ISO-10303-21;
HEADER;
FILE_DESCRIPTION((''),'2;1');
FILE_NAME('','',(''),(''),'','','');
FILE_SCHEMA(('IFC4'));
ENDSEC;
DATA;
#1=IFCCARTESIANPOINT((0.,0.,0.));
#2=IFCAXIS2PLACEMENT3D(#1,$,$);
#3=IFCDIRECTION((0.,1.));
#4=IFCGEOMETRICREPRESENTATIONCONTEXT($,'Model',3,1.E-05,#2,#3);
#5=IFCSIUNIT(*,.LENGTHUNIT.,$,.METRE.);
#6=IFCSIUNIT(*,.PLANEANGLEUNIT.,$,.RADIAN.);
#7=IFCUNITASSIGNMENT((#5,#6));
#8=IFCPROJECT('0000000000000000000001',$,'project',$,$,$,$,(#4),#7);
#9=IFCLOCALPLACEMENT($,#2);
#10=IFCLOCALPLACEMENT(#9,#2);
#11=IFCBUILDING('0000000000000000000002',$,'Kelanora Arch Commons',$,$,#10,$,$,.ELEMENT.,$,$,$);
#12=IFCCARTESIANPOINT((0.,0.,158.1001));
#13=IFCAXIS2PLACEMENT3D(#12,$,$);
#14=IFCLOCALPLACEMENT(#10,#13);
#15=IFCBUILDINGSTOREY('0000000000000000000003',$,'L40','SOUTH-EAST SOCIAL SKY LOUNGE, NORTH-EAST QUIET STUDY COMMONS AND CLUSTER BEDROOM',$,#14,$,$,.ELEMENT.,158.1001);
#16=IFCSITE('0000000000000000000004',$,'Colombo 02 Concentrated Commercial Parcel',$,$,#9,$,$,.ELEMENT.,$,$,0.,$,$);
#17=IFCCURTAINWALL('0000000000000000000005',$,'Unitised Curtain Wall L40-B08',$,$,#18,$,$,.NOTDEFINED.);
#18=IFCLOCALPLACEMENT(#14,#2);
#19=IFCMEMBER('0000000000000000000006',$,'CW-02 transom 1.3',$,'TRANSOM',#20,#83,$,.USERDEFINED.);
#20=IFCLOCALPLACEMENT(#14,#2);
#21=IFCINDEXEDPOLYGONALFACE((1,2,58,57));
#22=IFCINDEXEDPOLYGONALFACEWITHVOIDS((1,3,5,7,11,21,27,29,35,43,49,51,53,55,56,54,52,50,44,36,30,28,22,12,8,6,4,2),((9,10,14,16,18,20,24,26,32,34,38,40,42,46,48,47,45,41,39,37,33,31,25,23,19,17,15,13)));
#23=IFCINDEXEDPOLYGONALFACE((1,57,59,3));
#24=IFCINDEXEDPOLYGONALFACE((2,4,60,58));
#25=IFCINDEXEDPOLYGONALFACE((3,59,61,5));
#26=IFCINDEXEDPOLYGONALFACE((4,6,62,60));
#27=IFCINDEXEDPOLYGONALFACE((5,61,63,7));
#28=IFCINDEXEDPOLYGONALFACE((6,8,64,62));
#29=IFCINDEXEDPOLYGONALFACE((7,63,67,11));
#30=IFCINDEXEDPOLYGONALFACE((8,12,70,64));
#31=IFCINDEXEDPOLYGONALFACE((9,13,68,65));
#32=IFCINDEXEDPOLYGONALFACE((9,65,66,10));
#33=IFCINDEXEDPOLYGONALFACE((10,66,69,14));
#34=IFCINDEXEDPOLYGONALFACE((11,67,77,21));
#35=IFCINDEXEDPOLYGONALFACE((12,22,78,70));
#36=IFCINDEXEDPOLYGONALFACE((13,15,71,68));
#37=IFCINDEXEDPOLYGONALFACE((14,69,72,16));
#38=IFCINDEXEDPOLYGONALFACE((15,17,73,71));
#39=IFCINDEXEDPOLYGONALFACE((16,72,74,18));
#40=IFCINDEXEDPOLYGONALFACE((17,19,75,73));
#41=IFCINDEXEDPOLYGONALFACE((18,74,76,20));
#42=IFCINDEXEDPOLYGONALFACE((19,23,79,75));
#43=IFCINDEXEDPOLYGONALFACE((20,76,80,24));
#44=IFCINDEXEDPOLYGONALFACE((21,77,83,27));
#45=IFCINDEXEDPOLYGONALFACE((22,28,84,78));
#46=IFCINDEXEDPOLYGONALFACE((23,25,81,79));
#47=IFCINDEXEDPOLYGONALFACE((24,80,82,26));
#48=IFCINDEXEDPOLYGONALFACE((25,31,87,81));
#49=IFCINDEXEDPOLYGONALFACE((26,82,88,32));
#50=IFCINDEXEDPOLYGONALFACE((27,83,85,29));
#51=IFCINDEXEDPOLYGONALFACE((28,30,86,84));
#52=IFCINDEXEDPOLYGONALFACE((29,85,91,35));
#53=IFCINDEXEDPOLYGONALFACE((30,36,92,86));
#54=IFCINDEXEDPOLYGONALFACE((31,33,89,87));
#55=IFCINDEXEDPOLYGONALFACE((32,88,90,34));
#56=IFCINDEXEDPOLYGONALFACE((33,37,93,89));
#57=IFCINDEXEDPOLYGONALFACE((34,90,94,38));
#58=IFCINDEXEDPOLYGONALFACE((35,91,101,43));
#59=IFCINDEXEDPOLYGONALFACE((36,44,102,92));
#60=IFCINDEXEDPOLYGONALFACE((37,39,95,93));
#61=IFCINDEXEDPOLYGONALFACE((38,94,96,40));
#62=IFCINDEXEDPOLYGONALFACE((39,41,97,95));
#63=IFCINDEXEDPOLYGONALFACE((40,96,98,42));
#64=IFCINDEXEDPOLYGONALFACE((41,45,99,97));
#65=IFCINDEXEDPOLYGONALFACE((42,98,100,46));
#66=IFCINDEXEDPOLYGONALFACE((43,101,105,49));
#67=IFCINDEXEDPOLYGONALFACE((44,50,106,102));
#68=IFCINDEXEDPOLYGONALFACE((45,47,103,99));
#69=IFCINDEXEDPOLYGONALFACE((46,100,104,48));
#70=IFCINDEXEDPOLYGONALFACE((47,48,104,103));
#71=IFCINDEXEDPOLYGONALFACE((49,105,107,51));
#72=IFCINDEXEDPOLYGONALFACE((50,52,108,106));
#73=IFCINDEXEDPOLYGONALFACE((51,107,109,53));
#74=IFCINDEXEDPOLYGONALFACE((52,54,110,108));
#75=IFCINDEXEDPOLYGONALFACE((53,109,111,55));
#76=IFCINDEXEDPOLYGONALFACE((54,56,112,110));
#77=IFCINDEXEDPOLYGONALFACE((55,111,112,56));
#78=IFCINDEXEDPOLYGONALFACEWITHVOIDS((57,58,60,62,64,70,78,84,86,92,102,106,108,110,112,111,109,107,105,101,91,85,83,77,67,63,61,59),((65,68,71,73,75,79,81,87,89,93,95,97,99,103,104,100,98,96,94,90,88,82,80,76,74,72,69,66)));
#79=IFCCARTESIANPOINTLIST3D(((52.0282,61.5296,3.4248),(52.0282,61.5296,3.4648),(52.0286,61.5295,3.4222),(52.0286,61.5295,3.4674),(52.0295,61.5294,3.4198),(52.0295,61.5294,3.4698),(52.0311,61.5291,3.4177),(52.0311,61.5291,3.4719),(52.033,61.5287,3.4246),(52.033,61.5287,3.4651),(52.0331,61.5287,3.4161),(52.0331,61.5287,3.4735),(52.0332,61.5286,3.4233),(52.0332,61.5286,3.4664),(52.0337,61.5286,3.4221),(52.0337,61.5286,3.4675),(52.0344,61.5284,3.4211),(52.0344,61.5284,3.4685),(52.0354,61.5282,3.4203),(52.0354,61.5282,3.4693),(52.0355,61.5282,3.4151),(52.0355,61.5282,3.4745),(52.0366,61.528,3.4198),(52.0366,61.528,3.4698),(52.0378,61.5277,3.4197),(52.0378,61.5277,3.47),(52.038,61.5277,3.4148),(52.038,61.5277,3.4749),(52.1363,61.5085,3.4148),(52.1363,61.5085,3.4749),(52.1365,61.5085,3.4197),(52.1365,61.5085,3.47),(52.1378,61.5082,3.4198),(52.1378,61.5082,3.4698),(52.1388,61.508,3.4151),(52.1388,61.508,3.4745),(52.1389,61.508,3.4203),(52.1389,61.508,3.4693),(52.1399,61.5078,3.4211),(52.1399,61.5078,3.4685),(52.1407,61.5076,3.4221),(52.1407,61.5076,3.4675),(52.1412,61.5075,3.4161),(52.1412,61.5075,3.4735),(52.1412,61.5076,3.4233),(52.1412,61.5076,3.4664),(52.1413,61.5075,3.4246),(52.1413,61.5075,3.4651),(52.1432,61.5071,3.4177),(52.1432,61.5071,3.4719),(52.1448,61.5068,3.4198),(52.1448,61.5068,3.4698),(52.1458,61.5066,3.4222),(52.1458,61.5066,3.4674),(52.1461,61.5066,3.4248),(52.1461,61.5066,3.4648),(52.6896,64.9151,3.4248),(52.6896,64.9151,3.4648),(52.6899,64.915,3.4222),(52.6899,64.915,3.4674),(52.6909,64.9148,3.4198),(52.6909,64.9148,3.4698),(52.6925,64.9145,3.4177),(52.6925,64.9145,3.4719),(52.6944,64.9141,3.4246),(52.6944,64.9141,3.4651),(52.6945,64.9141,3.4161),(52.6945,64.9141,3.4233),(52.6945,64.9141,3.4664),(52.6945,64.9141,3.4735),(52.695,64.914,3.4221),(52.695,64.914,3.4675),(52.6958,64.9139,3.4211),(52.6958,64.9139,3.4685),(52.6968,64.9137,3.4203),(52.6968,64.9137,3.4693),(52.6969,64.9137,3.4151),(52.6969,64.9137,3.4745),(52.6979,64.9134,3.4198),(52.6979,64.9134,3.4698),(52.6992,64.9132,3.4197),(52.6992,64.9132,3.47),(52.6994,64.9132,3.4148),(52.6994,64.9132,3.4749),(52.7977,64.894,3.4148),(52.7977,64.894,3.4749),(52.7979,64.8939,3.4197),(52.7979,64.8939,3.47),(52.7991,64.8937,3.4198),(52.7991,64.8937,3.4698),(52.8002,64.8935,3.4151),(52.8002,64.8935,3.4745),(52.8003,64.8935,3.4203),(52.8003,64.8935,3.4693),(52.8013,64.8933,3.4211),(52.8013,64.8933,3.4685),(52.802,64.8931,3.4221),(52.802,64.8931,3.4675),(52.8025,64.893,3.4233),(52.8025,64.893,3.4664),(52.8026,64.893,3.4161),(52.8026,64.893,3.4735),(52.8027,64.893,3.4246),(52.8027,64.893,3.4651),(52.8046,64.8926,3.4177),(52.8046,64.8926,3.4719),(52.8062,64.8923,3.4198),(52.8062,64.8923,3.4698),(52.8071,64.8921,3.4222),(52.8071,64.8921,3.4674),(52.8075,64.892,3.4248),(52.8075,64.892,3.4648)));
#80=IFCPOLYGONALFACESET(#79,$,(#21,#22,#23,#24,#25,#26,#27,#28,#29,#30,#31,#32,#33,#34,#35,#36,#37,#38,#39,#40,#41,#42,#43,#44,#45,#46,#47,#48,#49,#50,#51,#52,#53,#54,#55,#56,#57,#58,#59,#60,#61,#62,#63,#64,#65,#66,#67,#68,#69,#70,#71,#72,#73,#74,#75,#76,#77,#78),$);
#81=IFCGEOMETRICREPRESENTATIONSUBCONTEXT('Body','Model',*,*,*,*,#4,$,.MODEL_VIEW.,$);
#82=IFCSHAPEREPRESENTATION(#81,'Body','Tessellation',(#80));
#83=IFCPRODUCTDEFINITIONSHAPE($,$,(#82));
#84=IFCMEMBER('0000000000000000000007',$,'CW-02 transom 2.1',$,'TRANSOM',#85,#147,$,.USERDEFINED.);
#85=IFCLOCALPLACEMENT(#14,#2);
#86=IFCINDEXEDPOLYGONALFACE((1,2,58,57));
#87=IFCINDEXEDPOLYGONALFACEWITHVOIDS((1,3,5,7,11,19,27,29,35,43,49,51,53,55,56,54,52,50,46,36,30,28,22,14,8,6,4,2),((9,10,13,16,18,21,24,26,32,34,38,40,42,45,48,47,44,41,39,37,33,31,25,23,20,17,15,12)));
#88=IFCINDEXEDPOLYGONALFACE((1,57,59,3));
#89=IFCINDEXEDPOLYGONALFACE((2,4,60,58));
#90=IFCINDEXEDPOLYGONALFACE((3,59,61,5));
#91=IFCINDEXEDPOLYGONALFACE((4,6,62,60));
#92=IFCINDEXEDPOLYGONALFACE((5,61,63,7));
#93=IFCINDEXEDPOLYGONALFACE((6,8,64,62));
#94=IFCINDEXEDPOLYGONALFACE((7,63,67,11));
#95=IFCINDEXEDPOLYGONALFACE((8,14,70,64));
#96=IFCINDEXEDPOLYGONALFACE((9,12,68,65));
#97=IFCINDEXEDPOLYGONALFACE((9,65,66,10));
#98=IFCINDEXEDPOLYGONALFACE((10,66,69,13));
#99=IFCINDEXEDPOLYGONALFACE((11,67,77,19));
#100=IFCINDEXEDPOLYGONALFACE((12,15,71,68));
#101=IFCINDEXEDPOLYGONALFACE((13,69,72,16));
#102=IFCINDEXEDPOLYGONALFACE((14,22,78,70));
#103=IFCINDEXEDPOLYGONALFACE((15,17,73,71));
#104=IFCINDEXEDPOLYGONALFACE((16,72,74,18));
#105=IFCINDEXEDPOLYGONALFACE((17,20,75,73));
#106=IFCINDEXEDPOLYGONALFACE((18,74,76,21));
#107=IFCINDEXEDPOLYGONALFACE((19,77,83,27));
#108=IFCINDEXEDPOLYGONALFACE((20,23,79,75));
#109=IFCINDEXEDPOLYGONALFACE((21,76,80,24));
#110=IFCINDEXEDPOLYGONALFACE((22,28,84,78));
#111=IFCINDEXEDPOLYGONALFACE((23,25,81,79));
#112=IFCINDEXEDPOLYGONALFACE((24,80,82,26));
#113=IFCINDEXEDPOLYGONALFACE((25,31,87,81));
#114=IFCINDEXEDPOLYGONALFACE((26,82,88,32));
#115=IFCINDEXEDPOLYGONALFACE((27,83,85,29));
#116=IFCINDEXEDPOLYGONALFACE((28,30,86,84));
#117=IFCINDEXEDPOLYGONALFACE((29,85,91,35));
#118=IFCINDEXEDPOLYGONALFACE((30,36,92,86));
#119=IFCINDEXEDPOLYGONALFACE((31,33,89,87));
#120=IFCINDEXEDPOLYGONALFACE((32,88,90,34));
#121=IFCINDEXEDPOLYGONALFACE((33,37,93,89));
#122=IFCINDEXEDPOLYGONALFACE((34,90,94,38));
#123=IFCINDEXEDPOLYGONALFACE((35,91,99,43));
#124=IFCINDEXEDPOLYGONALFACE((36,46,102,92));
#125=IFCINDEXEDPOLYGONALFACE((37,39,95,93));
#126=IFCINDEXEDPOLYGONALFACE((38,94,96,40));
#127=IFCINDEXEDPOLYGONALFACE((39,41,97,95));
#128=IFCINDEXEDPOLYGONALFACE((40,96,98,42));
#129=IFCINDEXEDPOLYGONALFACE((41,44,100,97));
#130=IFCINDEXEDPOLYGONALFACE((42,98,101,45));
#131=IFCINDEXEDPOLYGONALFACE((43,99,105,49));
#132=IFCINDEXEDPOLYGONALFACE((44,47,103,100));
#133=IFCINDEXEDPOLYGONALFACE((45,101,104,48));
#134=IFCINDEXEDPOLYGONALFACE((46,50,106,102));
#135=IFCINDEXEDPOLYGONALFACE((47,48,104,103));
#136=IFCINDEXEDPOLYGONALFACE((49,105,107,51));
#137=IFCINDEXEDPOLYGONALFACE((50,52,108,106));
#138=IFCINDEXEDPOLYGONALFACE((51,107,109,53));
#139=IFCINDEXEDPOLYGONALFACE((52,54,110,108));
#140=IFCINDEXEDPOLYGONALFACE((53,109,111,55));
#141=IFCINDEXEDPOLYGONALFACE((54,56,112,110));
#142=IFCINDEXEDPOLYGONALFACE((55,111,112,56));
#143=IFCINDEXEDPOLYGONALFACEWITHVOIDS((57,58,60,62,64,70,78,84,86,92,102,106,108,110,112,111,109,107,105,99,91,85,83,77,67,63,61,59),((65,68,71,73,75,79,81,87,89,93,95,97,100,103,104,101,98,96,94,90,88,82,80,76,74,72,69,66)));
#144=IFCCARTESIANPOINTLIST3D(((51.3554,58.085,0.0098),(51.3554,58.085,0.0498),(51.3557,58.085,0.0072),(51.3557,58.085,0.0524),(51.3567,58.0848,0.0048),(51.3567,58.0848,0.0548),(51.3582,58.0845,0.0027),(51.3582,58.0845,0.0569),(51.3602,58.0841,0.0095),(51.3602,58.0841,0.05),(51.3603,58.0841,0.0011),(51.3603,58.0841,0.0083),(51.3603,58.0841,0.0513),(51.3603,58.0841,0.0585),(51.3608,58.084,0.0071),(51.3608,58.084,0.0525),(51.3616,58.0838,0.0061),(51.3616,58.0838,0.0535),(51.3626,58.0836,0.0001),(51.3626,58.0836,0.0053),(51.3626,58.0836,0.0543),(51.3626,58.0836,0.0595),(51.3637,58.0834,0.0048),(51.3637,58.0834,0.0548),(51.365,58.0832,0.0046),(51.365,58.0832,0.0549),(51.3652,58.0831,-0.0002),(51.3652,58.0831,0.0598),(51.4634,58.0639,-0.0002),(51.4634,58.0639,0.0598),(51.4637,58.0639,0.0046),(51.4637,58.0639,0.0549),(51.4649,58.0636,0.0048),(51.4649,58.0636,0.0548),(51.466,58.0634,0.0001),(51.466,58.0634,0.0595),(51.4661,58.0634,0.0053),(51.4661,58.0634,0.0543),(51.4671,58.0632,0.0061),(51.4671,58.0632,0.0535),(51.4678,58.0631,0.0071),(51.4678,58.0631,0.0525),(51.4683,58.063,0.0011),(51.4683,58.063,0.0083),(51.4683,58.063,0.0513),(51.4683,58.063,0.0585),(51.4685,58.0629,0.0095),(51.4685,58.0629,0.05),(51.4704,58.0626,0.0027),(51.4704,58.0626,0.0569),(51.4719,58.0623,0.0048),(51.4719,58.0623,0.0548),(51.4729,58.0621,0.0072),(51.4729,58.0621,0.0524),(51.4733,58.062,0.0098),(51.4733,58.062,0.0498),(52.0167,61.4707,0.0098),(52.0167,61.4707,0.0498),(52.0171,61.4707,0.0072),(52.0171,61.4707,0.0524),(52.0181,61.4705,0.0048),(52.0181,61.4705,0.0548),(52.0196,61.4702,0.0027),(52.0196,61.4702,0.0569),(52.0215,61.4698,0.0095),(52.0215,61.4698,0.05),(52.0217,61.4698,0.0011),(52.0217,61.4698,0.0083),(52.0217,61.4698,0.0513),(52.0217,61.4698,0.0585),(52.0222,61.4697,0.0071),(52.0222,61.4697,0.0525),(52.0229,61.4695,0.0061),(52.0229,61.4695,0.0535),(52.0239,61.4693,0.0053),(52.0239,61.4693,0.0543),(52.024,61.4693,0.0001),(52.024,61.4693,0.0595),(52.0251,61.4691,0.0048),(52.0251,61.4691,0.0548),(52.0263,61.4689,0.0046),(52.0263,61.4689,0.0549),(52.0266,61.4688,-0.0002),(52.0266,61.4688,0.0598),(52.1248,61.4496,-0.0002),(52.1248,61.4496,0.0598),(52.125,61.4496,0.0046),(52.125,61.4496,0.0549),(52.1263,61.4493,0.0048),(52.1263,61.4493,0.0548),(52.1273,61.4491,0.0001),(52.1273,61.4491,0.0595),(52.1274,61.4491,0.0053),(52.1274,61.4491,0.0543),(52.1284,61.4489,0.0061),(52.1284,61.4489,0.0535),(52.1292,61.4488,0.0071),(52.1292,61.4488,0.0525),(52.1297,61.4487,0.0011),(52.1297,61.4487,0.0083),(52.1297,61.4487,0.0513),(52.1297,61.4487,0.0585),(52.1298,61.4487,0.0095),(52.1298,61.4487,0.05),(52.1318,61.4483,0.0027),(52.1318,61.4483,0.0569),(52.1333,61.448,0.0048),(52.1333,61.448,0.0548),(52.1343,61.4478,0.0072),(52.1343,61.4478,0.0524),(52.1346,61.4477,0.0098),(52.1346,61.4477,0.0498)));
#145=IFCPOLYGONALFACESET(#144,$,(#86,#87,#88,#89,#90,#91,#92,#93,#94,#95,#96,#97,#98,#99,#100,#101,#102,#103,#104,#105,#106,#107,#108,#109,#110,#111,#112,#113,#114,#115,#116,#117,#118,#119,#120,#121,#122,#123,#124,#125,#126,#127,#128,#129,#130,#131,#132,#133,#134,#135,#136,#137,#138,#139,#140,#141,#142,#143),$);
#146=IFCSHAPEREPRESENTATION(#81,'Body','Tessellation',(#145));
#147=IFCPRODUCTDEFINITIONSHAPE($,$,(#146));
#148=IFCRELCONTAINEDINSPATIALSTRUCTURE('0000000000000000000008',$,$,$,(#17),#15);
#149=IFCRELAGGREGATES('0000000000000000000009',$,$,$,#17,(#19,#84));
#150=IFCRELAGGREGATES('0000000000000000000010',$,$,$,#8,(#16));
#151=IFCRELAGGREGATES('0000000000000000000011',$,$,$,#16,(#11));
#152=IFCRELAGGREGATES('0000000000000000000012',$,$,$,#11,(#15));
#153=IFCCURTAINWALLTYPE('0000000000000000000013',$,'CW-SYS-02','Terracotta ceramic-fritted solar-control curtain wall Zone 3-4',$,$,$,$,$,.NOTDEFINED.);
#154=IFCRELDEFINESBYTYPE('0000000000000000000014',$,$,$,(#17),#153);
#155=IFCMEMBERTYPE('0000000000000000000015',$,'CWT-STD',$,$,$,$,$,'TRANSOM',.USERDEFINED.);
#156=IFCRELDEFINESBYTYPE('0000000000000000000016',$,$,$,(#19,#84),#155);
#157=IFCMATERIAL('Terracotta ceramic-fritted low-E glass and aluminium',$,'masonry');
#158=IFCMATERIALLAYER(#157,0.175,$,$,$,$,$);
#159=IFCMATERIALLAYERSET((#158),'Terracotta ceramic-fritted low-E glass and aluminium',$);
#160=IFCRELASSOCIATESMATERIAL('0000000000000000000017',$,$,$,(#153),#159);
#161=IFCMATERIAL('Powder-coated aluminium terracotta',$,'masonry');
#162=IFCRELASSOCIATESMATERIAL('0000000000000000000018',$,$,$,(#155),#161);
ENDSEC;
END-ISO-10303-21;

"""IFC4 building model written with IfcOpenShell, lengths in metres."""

from ifc_helpers import new_model, si_unit, direction, frame, origin, origin_2d, place, context, subcontext, project, spatial, hollow_rectangle, extrude, material, layer, layer_set, material_profile, profile_set, type_object, element, aggregate, save


model = new_model("IFC4")

# Units and contexts
model_context = context("Model", 3, precision=1e-05, world=origin(), true_north=direction((0.0, 1.0)))
body_context = subcontext(model_context, "Body", "Model", "MODEL_VIEW")
ifc_project = project(units=[si_unit("LENGTHUNIT", "METRE"), si_unit("PLANEANGLEUNIT", "RADIAN")], contexts=[model_context])

# Site, building, storey
site_placement = place(None, origin())
site = spatial("IfcSite", under=ifc_project, at=site_placement, Name="Colombo 02 Concentrated Commercial Parcel", CompositionType="ELEMENT", RefElevation=0.0)
building_placement = place(site_placement, origin())
building = spatial("IfcBuilding", under=site, at=building_placement, Name="Kelanora Arch Commons", CompositionType="ELEMENT")
storey_placement = place(building_placement, frame((0.0, 0.0, 158.1001)))
storey = spatial("IfcBuildingStorey", under=building, at=storey_placement, Name="L40", Description="SOUTH-EAST SOCIAL SKY LOUNGE, NORTH-EAST QUIET STUDY COMMONS AND CLUSTER BEDROOM", CompositionType="ELEMENT", Elevation=158.1001)

# Curtain wall, members
ifc_material_1 = material(Name="Terracotta ceramic-fritted low-E glass and aluminium", Category="masonry")
ifc_layer_1 = layer(ifc_material_1, 0.175)
ifc_layer_set_1 = layer_set([ifc_layer_1], Name="Terracotta ceramic-fritted low-E glass and aluminium")
curtain_wall_type = type_object("IfcCurtainWallType", Name="CW-SYS-02", Description="Terracotta ceramic-fritted solar-control curtain wall Zone 3-4", PredefinedType="NOTDEFINED", material=ifc_layer_set_1)
curtain_wall_placement = place(storey_placement, origin())
curtain_wall = element("IfcCurtainWall", 1, at=curtain_wall_placement, inside=storey, type_object=curtain_wall_type, Name="Unitised Curtain Wall L40-B08", PredefinedType="NOTDEFINED")
ifc_material_2 = material(Name="Powder-coated aluminium terracotta", Category="masonry")
ifc_material_profile_1 = material_profile(ifc_material_2, hollow_rectangle(XDim=0.1201, YDim=0.0601, WallThickness=0.0049, InnerFilletRadius=0.0049, OuterFilletRadius=0.01, at=origin_2d()), Name="CWT120x60")
ifc_profile_set_1 = profile_set([ifc_material_profile_1], Name="Powder-coated aluminium terracotta")
member_type_1 = type_object("IfcMemberType", Name="CWT-STD", ElementType="TRANSOM", PredefinedType="USERDEFINED", material=ifc_profile_set_1)
member_1_placement = place(storey_placement, frame((52.7485, 64.9036, 3.4448), z_axis=(-0.191732, -0.981447, 0.0), x_axis=(0.981447, -0.191732, 0.0)))
member_1 = element("IfcMember", 2, at=member_1_placement, type_object=member_type_1, Name="CW-02 transom 1.3", ObjectType="TRANSOM", PredefinedType="USERDEFINED", context=body_context, shape_type="SweptSolid", body=[
    extrude(hollow_rectangle(XDim=0.1201, YDim=0.0601, WallThickness=0.0049, InnerFilletRadius=0.0049, OuterFilletRadius=0.01, at=origin_2d()), origin(), (0.0, 0.0, 1.0), 3.4495),
])
member_2_placement = place(storey_placement, frame((52.0757, 61.4592, 0.0298), z_axis=(-0.191718, -0.98145, 0.0), x_axis=(0.98145, -0.191718, 0.0)))
member_2 = element("IfcMember", 3, at=member_2_placement, type_object=member_type_1, Name="CW-02 transom 2.1", ObjectType="TRANSOM", PredefinedType="USERDEFINED", context=body_context, shape_type="SweptSolid", body=[
    extrude(hollow_rectangle(XDim=0.1201, YDim=0.0601, WallThickness=0.0049, InnerFilletRadius=0.0049, OuterFilletRadius=0.01, at=origin_2d()), origin(), (0.0, 0.0, 1.0), 3.4497),
])
aggregate(curtain_wall, [member_1, member_2])

save(model, "model.ifc")
